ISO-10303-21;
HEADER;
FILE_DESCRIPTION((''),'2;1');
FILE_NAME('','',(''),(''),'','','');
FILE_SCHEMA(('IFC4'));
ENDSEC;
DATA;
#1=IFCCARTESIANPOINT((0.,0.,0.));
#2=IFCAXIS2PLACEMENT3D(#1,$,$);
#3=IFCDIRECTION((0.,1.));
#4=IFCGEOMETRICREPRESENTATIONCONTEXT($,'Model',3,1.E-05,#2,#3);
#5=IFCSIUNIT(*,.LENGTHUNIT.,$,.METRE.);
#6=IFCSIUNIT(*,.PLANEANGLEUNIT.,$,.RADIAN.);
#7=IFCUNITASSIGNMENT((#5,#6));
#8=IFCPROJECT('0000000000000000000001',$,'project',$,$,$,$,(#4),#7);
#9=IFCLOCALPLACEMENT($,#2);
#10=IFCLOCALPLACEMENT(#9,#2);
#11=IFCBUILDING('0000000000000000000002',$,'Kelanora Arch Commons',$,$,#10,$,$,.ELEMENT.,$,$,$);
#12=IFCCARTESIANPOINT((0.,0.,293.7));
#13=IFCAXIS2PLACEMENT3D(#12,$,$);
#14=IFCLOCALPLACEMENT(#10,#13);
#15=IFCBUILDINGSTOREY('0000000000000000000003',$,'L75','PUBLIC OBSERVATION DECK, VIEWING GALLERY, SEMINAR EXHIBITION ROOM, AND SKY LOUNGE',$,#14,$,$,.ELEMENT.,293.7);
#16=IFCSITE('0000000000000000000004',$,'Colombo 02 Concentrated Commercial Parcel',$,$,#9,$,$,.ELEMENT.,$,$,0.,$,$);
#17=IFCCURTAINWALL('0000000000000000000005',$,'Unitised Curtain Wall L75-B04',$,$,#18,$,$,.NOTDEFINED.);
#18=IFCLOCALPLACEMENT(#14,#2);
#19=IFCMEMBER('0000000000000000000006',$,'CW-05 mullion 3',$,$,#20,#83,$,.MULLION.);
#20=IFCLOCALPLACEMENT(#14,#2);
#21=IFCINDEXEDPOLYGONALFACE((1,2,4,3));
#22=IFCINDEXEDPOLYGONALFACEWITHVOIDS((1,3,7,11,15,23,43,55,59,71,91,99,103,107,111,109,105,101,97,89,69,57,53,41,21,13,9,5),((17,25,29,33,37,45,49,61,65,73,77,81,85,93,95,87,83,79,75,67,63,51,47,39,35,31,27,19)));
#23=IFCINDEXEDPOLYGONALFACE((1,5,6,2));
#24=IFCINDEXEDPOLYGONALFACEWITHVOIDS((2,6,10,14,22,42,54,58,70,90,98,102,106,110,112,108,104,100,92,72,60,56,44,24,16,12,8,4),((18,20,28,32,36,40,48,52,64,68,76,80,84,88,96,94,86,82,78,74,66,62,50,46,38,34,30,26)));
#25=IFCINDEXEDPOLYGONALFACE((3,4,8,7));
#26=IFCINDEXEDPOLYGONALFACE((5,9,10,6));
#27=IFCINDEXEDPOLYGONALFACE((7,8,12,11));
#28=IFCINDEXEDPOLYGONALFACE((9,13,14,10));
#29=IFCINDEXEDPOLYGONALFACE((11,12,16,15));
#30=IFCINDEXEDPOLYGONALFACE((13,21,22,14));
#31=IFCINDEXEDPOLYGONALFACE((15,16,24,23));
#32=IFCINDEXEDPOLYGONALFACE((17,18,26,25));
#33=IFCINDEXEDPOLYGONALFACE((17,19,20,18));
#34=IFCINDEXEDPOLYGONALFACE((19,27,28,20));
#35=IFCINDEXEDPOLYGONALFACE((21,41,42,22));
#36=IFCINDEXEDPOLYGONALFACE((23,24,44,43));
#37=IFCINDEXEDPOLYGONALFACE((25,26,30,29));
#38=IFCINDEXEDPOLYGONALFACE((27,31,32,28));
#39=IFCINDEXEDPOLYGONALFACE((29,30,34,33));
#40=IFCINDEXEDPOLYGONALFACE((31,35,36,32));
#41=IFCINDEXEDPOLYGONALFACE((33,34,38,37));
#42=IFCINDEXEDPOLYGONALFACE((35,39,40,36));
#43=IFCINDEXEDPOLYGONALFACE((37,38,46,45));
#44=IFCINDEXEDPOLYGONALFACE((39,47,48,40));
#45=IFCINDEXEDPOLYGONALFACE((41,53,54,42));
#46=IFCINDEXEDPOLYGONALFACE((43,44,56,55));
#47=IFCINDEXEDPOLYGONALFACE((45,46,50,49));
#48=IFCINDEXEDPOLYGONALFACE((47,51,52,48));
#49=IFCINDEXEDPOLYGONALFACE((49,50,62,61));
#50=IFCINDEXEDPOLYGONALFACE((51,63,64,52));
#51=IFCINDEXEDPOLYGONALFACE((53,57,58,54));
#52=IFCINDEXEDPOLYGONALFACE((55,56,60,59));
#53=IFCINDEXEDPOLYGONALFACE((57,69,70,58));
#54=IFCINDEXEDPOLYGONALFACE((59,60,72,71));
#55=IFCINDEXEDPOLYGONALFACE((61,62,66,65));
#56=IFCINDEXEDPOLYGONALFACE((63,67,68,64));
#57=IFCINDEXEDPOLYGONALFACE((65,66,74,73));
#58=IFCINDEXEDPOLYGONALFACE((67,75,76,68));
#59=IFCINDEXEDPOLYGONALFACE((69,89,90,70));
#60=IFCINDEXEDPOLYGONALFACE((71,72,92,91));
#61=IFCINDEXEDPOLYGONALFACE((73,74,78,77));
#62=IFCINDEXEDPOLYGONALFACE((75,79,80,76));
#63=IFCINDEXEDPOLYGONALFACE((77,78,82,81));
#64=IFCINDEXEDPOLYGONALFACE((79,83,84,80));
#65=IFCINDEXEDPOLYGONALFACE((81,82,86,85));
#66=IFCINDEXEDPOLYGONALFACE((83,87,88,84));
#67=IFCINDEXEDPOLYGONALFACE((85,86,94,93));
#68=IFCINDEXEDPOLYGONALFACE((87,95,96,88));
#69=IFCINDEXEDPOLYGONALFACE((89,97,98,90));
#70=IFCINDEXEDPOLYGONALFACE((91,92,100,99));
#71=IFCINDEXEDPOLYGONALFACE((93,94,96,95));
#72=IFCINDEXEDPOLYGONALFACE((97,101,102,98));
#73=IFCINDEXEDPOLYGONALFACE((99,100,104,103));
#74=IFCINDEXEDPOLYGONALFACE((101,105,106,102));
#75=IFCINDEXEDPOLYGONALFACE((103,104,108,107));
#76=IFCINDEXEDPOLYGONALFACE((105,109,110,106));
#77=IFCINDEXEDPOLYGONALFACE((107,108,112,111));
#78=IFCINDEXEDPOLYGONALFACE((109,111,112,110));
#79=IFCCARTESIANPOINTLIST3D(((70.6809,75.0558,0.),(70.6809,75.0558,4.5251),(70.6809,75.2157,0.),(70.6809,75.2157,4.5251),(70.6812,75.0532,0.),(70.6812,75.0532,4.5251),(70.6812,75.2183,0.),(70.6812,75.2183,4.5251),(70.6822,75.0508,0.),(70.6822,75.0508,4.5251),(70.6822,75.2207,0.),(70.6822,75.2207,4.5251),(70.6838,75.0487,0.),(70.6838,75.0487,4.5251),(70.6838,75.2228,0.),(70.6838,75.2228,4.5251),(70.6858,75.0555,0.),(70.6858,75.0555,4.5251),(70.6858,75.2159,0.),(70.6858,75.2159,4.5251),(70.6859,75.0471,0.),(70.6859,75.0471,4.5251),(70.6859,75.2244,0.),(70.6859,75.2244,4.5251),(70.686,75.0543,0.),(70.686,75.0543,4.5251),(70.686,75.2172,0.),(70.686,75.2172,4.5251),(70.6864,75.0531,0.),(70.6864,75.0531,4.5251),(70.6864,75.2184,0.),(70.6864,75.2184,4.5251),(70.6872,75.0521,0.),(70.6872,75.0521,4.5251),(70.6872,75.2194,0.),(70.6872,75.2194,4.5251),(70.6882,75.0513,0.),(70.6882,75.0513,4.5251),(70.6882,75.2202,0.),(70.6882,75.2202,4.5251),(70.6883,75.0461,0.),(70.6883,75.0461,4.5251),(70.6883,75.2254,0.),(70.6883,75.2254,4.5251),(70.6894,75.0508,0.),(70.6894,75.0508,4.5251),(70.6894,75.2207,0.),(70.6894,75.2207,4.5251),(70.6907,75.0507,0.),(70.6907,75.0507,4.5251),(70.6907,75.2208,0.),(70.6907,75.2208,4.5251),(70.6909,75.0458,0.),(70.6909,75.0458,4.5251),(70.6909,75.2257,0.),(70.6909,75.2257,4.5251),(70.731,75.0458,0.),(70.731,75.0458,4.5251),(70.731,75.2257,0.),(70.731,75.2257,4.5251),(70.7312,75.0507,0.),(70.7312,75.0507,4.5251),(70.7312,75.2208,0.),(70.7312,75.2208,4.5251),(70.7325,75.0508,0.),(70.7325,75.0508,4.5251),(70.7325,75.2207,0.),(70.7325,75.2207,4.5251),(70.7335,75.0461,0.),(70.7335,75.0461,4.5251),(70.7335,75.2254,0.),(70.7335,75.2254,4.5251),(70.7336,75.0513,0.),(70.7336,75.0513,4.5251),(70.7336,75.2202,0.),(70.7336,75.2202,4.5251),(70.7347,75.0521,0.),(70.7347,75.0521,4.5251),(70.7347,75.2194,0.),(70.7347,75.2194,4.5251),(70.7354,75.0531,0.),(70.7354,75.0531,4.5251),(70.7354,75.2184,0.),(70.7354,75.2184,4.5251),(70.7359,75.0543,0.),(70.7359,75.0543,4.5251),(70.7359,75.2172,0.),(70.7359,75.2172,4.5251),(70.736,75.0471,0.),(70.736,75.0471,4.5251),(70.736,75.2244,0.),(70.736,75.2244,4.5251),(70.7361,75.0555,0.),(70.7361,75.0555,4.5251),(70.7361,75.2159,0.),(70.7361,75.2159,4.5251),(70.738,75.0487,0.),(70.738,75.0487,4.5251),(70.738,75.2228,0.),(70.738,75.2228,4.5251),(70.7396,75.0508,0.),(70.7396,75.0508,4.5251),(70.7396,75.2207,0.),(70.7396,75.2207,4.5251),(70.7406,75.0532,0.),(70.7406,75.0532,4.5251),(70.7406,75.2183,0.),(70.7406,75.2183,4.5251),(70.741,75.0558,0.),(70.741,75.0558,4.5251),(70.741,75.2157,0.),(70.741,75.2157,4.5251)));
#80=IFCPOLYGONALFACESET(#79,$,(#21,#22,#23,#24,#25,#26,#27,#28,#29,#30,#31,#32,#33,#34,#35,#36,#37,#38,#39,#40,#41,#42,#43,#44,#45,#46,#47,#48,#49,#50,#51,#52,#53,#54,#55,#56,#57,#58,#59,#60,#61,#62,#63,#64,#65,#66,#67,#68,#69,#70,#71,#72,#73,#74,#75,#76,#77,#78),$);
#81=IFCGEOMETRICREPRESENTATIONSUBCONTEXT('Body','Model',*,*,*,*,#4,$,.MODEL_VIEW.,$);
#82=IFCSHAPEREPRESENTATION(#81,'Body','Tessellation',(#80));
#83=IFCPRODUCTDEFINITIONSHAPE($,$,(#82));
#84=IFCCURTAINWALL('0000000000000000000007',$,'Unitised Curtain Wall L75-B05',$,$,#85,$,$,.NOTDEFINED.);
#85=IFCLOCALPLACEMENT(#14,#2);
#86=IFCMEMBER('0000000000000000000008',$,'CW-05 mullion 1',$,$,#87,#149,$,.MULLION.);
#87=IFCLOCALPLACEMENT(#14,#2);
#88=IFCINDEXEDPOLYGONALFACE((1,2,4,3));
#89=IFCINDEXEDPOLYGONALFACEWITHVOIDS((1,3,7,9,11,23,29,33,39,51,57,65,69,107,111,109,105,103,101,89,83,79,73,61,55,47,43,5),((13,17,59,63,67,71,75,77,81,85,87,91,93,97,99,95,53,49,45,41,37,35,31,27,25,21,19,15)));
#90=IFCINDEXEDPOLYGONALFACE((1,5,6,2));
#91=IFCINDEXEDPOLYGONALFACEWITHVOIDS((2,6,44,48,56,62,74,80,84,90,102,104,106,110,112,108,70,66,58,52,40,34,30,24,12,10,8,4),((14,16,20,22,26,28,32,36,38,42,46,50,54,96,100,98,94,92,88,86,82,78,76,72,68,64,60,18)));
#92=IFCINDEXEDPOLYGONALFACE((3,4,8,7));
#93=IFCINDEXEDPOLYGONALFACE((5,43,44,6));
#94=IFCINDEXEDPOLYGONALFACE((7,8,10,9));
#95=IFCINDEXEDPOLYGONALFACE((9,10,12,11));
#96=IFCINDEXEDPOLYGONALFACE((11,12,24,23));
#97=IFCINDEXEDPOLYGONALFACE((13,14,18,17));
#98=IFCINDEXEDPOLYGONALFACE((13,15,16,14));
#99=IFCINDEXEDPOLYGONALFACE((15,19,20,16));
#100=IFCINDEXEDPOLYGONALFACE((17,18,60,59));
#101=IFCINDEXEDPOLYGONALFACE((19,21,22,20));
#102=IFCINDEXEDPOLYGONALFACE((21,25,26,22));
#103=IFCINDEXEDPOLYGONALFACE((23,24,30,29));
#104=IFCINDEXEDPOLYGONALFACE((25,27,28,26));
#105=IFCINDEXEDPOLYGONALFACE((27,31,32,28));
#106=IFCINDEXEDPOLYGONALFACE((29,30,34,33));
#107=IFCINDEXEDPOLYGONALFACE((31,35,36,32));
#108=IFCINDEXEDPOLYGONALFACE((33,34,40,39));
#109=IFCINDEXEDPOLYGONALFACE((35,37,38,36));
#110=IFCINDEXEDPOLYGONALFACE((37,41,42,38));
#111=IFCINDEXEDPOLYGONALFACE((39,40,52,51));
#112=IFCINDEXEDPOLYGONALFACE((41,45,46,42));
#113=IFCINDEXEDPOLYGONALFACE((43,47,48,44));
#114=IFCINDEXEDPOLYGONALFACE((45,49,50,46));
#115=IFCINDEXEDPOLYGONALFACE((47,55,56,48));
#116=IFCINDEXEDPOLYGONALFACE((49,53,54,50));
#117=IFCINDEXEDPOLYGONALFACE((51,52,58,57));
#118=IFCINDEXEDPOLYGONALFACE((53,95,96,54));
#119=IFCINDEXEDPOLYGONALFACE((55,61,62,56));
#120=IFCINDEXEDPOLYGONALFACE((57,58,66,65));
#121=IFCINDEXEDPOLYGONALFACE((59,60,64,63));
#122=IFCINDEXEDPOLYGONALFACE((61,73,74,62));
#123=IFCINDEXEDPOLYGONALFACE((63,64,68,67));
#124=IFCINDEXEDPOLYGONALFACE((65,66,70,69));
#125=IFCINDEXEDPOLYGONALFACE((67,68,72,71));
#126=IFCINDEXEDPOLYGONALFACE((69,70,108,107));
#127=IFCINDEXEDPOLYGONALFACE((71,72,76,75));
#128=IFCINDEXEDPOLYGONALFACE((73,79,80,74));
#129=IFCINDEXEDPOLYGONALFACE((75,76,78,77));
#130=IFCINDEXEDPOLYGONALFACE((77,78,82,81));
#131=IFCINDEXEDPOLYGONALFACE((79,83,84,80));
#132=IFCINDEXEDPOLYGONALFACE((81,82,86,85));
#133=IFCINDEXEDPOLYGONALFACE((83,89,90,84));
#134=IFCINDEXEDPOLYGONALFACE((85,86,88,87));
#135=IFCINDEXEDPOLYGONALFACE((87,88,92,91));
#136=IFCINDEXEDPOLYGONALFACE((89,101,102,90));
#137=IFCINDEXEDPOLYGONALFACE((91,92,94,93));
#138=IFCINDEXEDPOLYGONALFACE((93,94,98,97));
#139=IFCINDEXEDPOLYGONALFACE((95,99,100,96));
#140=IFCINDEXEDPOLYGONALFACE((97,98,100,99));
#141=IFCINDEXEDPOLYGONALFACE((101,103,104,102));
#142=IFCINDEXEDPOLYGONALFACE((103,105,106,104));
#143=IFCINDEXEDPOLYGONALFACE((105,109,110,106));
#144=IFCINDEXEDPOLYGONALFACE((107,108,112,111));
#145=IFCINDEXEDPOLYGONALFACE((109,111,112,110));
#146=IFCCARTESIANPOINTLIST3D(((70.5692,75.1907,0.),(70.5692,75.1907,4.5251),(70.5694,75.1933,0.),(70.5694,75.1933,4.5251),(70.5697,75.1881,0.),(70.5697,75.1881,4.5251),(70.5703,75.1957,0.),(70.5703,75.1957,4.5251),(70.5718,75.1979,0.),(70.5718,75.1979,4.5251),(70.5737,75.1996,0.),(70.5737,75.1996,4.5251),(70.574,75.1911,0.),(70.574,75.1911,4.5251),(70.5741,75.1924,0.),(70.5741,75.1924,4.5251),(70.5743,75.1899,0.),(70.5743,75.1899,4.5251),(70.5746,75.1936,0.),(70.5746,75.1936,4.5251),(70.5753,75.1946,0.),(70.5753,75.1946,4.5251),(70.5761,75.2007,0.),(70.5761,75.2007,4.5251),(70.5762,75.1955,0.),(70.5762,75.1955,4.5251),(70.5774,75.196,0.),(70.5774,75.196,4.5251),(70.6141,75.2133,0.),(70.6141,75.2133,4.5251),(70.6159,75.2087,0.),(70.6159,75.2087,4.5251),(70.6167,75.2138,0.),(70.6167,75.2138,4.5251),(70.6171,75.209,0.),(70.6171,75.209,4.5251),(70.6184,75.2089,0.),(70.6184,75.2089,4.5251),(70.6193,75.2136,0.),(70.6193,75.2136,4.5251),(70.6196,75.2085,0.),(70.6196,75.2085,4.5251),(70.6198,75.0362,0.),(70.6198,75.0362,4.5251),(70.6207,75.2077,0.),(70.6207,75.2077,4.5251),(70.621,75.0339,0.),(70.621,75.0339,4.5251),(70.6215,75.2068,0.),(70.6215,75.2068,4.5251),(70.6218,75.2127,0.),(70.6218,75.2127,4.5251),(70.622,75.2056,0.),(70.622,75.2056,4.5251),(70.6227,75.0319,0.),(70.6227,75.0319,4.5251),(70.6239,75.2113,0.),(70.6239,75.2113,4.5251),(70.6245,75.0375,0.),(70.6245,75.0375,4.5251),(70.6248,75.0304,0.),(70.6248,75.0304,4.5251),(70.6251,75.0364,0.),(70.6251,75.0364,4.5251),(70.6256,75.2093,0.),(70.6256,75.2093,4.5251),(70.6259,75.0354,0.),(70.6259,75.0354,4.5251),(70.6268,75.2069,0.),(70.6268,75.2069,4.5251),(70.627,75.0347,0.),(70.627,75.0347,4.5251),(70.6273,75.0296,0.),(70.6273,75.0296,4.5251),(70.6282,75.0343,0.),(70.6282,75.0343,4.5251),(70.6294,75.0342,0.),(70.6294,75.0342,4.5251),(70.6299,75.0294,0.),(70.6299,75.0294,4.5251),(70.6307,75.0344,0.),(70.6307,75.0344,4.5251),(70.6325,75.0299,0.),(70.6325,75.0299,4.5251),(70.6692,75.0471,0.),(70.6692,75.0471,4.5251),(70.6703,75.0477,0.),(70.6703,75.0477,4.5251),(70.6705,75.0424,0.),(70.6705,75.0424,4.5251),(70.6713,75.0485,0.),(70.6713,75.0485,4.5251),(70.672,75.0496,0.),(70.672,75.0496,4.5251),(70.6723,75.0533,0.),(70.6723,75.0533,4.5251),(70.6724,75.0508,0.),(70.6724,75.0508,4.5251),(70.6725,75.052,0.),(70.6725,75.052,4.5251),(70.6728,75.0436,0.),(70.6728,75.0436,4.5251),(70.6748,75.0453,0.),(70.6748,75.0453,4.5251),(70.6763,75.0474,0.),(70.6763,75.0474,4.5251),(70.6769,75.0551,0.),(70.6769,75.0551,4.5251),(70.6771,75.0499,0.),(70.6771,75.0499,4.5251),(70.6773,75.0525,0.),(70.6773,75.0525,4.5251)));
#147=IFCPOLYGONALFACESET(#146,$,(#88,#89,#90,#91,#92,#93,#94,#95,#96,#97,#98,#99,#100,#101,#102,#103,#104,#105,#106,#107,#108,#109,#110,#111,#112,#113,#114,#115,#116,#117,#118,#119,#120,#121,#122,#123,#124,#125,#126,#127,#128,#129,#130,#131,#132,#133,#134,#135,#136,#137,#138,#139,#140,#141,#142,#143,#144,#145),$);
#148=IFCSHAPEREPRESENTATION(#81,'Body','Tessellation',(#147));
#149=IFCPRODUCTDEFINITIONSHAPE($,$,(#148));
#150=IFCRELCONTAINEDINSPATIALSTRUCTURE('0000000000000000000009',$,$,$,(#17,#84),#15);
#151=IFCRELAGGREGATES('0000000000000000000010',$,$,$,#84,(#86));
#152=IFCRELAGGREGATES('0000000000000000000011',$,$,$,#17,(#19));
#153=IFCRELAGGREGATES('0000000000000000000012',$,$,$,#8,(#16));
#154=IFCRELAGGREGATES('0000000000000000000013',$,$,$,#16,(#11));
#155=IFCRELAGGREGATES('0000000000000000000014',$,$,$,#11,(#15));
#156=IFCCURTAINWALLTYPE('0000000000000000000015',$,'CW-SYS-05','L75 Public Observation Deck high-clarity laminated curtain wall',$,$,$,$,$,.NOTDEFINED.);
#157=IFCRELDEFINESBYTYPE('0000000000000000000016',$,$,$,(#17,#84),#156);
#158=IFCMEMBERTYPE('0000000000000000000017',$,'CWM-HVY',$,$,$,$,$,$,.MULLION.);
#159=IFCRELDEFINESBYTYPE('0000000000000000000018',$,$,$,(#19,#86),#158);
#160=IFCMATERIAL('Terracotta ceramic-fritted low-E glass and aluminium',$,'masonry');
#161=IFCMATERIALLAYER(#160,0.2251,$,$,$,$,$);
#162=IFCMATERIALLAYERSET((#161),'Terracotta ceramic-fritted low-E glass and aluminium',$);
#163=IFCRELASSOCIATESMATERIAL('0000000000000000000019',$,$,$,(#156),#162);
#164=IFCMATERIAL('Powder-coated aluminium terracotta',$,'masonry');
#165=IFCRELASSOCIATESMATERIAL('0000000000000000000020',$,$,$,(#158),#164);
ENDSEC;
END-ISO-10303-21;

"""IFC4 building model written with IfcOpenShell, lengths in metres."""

from ifc_helpers import new_model, si_unit, direction, frame, origin, origin_2d, place, context, subcontext, project, spatial, hollow_rectangle, extrude, material, layer, layer_set, material_profile, profile_set, type_object, element, aggregate, save


model = new_model("IFC4")

# Units and contexts
model_context = context("Model", 3, precision=1e-05, world=origin(), true_north=direction((0.0, 1.0)))
body_context = subcontext(model_context, "Body", "Model", "MODEL_VIEW")
ifc_project = project(units=[si_unit("LENGTHUNIT", "METRE"), si_unit("PLANEANGLEUNIT", "RADIAN")], contexts=[model_context])

# Site, building, storey
site_placement = place(None, origin())
site = spatial("IfcSite", under=ifc_project, at=site_placement, Name="Colombo 02 Concentrated Commercial Parcel", CompositionType="ELEMENT", RefElevation=0.0)
building_placement = place(site_placement, origin())
building = spatial("IfcBuilding", under=site, at=building_placement, Name="Kelanora Arch Commons", CompositionType="ELEMENT")
storey_placement = place(building_placement, frame((0.0, 0.0, 293.7)))
storey = spatial("IfcBuildingStorey", under=building, at=storey_placement, Name="L75", Description="PUBLIC OBSERVATION DECK, VIEWING GALLERY, SEMINAR EXHIBITION ROOM, AND SKY LOUNGE", CompositionType="ELEMENT", Elevation=293.7)

# Curtain wall, member
ifc_material_1 = material(Name="Terracotta ceramic-fritted low-E glass and aluminium", Category="masonry")
ifc_layer_1 = layer(ifc_material_1, 0.2251)
ifc_layer_set_1 = layer_set([ifc_layer_1], Name="Terracotta ceramic-fritted low-E glass and aluminium")
curtain_wall_type = type_object("IfcCurtainWallType", Name="CW-SYS-05", Description="L75 Public Observation Deck high-clarity laminated curtain wall", PredefinedType="NOTDEFINED", material=ifc_layer_set_1)
curtain_wall_1_placement = place(storey_placement, origin())
curtain_wall_1 = element("IfcCurtainWall", 1, at=curtain_wall_1_placement, inside=storey, type_object=curtain_wall_type, Name="Unitised Curtain Wall L75-B04", PredefinedType="NOTDEFINED")
ifc_material_2 = material(Name="Powder-coated aluminium terracotta", Category="masonry")
ifc_material_profile_1 = material_profile(ifc_material_2, hollow_rectangle(XDim=0.1799, YDim=0.0601, WallThickness=0.0049, InnerFilletRadius=0.0049, OuterFilletRadius=0.01, at=origin_2d()), Name="CWM180x60")
ifc_profile_set_1 = profile_set([ifc_material_profile_1], Name="Powder-coated aluminium terracotta")
member_type_1 = type_object("IfcMemberType", Name="CWM-HVY", PredefinedType="MULLION", material=ifc_profile_set_1)
member_1_placement = place(storey_placement, frame((70.7109, 75.1357, 0.0), z_axis=(0.0, 0.0, 1.0), x_axis=(0.0, -1.0, 0.0)))
member_1 = element("IfcMember", 2, at=member_1_placement, type_object=member_type_1, Name="CW-05 mullion 3", PredefinedType="MULLION", context=body_context, shape_type="SweptSolid", body=[
    extrude(hollow_rectangle(XDim=0.1799, YDim=0.0601, WallThickness=0.0049, InnerFilletRadius=0.0049, OuterFilletRadius=0.01, at=origin_2d()), origin(), (0.0, 0.0, 1.0), 4.5251),
])

# Curtain wall, member
curtain_wall_2_placement = place(storey_placement, origin())
curtain_wall_2 = element("IfcCurtainWall", 3, at=curtain_wall_2_placement, inside=storey, type_object=curtain_wall_type, Name="Unitised Curtain Wall L75-B05", PredefinedType="NOTDEFINED")
member_2_placement = place(storey_placement, frame((70.6233, 75.1216, 0.0), z_axis=(0.0, 0.0, 1.0), x_axis=(0.313253, -0.94967, 0.0)))
member_2 = element("IfcMember", 4, at=member_2_placement, type_object=member_type_1, Name="CW-05 mullion 1", PredefinedType="MULLION", context=body_context, shape_type="SweptSolid", body=[
    extrude(hollow_rectangle(XDim=0.1799, YDim=0.0601, WallThickness=0.0049, InnerFilletRadius=0.0049, OuterFilletRadius=0.01, at=origin_2d()), origin(), (0.0, 0.0, 1.0), 4.5251),
])

aggregate(curtain_wall_2, [member_2])
aggregate(curtain_wall_1, [member_1])

save(model, "model.ifc")
